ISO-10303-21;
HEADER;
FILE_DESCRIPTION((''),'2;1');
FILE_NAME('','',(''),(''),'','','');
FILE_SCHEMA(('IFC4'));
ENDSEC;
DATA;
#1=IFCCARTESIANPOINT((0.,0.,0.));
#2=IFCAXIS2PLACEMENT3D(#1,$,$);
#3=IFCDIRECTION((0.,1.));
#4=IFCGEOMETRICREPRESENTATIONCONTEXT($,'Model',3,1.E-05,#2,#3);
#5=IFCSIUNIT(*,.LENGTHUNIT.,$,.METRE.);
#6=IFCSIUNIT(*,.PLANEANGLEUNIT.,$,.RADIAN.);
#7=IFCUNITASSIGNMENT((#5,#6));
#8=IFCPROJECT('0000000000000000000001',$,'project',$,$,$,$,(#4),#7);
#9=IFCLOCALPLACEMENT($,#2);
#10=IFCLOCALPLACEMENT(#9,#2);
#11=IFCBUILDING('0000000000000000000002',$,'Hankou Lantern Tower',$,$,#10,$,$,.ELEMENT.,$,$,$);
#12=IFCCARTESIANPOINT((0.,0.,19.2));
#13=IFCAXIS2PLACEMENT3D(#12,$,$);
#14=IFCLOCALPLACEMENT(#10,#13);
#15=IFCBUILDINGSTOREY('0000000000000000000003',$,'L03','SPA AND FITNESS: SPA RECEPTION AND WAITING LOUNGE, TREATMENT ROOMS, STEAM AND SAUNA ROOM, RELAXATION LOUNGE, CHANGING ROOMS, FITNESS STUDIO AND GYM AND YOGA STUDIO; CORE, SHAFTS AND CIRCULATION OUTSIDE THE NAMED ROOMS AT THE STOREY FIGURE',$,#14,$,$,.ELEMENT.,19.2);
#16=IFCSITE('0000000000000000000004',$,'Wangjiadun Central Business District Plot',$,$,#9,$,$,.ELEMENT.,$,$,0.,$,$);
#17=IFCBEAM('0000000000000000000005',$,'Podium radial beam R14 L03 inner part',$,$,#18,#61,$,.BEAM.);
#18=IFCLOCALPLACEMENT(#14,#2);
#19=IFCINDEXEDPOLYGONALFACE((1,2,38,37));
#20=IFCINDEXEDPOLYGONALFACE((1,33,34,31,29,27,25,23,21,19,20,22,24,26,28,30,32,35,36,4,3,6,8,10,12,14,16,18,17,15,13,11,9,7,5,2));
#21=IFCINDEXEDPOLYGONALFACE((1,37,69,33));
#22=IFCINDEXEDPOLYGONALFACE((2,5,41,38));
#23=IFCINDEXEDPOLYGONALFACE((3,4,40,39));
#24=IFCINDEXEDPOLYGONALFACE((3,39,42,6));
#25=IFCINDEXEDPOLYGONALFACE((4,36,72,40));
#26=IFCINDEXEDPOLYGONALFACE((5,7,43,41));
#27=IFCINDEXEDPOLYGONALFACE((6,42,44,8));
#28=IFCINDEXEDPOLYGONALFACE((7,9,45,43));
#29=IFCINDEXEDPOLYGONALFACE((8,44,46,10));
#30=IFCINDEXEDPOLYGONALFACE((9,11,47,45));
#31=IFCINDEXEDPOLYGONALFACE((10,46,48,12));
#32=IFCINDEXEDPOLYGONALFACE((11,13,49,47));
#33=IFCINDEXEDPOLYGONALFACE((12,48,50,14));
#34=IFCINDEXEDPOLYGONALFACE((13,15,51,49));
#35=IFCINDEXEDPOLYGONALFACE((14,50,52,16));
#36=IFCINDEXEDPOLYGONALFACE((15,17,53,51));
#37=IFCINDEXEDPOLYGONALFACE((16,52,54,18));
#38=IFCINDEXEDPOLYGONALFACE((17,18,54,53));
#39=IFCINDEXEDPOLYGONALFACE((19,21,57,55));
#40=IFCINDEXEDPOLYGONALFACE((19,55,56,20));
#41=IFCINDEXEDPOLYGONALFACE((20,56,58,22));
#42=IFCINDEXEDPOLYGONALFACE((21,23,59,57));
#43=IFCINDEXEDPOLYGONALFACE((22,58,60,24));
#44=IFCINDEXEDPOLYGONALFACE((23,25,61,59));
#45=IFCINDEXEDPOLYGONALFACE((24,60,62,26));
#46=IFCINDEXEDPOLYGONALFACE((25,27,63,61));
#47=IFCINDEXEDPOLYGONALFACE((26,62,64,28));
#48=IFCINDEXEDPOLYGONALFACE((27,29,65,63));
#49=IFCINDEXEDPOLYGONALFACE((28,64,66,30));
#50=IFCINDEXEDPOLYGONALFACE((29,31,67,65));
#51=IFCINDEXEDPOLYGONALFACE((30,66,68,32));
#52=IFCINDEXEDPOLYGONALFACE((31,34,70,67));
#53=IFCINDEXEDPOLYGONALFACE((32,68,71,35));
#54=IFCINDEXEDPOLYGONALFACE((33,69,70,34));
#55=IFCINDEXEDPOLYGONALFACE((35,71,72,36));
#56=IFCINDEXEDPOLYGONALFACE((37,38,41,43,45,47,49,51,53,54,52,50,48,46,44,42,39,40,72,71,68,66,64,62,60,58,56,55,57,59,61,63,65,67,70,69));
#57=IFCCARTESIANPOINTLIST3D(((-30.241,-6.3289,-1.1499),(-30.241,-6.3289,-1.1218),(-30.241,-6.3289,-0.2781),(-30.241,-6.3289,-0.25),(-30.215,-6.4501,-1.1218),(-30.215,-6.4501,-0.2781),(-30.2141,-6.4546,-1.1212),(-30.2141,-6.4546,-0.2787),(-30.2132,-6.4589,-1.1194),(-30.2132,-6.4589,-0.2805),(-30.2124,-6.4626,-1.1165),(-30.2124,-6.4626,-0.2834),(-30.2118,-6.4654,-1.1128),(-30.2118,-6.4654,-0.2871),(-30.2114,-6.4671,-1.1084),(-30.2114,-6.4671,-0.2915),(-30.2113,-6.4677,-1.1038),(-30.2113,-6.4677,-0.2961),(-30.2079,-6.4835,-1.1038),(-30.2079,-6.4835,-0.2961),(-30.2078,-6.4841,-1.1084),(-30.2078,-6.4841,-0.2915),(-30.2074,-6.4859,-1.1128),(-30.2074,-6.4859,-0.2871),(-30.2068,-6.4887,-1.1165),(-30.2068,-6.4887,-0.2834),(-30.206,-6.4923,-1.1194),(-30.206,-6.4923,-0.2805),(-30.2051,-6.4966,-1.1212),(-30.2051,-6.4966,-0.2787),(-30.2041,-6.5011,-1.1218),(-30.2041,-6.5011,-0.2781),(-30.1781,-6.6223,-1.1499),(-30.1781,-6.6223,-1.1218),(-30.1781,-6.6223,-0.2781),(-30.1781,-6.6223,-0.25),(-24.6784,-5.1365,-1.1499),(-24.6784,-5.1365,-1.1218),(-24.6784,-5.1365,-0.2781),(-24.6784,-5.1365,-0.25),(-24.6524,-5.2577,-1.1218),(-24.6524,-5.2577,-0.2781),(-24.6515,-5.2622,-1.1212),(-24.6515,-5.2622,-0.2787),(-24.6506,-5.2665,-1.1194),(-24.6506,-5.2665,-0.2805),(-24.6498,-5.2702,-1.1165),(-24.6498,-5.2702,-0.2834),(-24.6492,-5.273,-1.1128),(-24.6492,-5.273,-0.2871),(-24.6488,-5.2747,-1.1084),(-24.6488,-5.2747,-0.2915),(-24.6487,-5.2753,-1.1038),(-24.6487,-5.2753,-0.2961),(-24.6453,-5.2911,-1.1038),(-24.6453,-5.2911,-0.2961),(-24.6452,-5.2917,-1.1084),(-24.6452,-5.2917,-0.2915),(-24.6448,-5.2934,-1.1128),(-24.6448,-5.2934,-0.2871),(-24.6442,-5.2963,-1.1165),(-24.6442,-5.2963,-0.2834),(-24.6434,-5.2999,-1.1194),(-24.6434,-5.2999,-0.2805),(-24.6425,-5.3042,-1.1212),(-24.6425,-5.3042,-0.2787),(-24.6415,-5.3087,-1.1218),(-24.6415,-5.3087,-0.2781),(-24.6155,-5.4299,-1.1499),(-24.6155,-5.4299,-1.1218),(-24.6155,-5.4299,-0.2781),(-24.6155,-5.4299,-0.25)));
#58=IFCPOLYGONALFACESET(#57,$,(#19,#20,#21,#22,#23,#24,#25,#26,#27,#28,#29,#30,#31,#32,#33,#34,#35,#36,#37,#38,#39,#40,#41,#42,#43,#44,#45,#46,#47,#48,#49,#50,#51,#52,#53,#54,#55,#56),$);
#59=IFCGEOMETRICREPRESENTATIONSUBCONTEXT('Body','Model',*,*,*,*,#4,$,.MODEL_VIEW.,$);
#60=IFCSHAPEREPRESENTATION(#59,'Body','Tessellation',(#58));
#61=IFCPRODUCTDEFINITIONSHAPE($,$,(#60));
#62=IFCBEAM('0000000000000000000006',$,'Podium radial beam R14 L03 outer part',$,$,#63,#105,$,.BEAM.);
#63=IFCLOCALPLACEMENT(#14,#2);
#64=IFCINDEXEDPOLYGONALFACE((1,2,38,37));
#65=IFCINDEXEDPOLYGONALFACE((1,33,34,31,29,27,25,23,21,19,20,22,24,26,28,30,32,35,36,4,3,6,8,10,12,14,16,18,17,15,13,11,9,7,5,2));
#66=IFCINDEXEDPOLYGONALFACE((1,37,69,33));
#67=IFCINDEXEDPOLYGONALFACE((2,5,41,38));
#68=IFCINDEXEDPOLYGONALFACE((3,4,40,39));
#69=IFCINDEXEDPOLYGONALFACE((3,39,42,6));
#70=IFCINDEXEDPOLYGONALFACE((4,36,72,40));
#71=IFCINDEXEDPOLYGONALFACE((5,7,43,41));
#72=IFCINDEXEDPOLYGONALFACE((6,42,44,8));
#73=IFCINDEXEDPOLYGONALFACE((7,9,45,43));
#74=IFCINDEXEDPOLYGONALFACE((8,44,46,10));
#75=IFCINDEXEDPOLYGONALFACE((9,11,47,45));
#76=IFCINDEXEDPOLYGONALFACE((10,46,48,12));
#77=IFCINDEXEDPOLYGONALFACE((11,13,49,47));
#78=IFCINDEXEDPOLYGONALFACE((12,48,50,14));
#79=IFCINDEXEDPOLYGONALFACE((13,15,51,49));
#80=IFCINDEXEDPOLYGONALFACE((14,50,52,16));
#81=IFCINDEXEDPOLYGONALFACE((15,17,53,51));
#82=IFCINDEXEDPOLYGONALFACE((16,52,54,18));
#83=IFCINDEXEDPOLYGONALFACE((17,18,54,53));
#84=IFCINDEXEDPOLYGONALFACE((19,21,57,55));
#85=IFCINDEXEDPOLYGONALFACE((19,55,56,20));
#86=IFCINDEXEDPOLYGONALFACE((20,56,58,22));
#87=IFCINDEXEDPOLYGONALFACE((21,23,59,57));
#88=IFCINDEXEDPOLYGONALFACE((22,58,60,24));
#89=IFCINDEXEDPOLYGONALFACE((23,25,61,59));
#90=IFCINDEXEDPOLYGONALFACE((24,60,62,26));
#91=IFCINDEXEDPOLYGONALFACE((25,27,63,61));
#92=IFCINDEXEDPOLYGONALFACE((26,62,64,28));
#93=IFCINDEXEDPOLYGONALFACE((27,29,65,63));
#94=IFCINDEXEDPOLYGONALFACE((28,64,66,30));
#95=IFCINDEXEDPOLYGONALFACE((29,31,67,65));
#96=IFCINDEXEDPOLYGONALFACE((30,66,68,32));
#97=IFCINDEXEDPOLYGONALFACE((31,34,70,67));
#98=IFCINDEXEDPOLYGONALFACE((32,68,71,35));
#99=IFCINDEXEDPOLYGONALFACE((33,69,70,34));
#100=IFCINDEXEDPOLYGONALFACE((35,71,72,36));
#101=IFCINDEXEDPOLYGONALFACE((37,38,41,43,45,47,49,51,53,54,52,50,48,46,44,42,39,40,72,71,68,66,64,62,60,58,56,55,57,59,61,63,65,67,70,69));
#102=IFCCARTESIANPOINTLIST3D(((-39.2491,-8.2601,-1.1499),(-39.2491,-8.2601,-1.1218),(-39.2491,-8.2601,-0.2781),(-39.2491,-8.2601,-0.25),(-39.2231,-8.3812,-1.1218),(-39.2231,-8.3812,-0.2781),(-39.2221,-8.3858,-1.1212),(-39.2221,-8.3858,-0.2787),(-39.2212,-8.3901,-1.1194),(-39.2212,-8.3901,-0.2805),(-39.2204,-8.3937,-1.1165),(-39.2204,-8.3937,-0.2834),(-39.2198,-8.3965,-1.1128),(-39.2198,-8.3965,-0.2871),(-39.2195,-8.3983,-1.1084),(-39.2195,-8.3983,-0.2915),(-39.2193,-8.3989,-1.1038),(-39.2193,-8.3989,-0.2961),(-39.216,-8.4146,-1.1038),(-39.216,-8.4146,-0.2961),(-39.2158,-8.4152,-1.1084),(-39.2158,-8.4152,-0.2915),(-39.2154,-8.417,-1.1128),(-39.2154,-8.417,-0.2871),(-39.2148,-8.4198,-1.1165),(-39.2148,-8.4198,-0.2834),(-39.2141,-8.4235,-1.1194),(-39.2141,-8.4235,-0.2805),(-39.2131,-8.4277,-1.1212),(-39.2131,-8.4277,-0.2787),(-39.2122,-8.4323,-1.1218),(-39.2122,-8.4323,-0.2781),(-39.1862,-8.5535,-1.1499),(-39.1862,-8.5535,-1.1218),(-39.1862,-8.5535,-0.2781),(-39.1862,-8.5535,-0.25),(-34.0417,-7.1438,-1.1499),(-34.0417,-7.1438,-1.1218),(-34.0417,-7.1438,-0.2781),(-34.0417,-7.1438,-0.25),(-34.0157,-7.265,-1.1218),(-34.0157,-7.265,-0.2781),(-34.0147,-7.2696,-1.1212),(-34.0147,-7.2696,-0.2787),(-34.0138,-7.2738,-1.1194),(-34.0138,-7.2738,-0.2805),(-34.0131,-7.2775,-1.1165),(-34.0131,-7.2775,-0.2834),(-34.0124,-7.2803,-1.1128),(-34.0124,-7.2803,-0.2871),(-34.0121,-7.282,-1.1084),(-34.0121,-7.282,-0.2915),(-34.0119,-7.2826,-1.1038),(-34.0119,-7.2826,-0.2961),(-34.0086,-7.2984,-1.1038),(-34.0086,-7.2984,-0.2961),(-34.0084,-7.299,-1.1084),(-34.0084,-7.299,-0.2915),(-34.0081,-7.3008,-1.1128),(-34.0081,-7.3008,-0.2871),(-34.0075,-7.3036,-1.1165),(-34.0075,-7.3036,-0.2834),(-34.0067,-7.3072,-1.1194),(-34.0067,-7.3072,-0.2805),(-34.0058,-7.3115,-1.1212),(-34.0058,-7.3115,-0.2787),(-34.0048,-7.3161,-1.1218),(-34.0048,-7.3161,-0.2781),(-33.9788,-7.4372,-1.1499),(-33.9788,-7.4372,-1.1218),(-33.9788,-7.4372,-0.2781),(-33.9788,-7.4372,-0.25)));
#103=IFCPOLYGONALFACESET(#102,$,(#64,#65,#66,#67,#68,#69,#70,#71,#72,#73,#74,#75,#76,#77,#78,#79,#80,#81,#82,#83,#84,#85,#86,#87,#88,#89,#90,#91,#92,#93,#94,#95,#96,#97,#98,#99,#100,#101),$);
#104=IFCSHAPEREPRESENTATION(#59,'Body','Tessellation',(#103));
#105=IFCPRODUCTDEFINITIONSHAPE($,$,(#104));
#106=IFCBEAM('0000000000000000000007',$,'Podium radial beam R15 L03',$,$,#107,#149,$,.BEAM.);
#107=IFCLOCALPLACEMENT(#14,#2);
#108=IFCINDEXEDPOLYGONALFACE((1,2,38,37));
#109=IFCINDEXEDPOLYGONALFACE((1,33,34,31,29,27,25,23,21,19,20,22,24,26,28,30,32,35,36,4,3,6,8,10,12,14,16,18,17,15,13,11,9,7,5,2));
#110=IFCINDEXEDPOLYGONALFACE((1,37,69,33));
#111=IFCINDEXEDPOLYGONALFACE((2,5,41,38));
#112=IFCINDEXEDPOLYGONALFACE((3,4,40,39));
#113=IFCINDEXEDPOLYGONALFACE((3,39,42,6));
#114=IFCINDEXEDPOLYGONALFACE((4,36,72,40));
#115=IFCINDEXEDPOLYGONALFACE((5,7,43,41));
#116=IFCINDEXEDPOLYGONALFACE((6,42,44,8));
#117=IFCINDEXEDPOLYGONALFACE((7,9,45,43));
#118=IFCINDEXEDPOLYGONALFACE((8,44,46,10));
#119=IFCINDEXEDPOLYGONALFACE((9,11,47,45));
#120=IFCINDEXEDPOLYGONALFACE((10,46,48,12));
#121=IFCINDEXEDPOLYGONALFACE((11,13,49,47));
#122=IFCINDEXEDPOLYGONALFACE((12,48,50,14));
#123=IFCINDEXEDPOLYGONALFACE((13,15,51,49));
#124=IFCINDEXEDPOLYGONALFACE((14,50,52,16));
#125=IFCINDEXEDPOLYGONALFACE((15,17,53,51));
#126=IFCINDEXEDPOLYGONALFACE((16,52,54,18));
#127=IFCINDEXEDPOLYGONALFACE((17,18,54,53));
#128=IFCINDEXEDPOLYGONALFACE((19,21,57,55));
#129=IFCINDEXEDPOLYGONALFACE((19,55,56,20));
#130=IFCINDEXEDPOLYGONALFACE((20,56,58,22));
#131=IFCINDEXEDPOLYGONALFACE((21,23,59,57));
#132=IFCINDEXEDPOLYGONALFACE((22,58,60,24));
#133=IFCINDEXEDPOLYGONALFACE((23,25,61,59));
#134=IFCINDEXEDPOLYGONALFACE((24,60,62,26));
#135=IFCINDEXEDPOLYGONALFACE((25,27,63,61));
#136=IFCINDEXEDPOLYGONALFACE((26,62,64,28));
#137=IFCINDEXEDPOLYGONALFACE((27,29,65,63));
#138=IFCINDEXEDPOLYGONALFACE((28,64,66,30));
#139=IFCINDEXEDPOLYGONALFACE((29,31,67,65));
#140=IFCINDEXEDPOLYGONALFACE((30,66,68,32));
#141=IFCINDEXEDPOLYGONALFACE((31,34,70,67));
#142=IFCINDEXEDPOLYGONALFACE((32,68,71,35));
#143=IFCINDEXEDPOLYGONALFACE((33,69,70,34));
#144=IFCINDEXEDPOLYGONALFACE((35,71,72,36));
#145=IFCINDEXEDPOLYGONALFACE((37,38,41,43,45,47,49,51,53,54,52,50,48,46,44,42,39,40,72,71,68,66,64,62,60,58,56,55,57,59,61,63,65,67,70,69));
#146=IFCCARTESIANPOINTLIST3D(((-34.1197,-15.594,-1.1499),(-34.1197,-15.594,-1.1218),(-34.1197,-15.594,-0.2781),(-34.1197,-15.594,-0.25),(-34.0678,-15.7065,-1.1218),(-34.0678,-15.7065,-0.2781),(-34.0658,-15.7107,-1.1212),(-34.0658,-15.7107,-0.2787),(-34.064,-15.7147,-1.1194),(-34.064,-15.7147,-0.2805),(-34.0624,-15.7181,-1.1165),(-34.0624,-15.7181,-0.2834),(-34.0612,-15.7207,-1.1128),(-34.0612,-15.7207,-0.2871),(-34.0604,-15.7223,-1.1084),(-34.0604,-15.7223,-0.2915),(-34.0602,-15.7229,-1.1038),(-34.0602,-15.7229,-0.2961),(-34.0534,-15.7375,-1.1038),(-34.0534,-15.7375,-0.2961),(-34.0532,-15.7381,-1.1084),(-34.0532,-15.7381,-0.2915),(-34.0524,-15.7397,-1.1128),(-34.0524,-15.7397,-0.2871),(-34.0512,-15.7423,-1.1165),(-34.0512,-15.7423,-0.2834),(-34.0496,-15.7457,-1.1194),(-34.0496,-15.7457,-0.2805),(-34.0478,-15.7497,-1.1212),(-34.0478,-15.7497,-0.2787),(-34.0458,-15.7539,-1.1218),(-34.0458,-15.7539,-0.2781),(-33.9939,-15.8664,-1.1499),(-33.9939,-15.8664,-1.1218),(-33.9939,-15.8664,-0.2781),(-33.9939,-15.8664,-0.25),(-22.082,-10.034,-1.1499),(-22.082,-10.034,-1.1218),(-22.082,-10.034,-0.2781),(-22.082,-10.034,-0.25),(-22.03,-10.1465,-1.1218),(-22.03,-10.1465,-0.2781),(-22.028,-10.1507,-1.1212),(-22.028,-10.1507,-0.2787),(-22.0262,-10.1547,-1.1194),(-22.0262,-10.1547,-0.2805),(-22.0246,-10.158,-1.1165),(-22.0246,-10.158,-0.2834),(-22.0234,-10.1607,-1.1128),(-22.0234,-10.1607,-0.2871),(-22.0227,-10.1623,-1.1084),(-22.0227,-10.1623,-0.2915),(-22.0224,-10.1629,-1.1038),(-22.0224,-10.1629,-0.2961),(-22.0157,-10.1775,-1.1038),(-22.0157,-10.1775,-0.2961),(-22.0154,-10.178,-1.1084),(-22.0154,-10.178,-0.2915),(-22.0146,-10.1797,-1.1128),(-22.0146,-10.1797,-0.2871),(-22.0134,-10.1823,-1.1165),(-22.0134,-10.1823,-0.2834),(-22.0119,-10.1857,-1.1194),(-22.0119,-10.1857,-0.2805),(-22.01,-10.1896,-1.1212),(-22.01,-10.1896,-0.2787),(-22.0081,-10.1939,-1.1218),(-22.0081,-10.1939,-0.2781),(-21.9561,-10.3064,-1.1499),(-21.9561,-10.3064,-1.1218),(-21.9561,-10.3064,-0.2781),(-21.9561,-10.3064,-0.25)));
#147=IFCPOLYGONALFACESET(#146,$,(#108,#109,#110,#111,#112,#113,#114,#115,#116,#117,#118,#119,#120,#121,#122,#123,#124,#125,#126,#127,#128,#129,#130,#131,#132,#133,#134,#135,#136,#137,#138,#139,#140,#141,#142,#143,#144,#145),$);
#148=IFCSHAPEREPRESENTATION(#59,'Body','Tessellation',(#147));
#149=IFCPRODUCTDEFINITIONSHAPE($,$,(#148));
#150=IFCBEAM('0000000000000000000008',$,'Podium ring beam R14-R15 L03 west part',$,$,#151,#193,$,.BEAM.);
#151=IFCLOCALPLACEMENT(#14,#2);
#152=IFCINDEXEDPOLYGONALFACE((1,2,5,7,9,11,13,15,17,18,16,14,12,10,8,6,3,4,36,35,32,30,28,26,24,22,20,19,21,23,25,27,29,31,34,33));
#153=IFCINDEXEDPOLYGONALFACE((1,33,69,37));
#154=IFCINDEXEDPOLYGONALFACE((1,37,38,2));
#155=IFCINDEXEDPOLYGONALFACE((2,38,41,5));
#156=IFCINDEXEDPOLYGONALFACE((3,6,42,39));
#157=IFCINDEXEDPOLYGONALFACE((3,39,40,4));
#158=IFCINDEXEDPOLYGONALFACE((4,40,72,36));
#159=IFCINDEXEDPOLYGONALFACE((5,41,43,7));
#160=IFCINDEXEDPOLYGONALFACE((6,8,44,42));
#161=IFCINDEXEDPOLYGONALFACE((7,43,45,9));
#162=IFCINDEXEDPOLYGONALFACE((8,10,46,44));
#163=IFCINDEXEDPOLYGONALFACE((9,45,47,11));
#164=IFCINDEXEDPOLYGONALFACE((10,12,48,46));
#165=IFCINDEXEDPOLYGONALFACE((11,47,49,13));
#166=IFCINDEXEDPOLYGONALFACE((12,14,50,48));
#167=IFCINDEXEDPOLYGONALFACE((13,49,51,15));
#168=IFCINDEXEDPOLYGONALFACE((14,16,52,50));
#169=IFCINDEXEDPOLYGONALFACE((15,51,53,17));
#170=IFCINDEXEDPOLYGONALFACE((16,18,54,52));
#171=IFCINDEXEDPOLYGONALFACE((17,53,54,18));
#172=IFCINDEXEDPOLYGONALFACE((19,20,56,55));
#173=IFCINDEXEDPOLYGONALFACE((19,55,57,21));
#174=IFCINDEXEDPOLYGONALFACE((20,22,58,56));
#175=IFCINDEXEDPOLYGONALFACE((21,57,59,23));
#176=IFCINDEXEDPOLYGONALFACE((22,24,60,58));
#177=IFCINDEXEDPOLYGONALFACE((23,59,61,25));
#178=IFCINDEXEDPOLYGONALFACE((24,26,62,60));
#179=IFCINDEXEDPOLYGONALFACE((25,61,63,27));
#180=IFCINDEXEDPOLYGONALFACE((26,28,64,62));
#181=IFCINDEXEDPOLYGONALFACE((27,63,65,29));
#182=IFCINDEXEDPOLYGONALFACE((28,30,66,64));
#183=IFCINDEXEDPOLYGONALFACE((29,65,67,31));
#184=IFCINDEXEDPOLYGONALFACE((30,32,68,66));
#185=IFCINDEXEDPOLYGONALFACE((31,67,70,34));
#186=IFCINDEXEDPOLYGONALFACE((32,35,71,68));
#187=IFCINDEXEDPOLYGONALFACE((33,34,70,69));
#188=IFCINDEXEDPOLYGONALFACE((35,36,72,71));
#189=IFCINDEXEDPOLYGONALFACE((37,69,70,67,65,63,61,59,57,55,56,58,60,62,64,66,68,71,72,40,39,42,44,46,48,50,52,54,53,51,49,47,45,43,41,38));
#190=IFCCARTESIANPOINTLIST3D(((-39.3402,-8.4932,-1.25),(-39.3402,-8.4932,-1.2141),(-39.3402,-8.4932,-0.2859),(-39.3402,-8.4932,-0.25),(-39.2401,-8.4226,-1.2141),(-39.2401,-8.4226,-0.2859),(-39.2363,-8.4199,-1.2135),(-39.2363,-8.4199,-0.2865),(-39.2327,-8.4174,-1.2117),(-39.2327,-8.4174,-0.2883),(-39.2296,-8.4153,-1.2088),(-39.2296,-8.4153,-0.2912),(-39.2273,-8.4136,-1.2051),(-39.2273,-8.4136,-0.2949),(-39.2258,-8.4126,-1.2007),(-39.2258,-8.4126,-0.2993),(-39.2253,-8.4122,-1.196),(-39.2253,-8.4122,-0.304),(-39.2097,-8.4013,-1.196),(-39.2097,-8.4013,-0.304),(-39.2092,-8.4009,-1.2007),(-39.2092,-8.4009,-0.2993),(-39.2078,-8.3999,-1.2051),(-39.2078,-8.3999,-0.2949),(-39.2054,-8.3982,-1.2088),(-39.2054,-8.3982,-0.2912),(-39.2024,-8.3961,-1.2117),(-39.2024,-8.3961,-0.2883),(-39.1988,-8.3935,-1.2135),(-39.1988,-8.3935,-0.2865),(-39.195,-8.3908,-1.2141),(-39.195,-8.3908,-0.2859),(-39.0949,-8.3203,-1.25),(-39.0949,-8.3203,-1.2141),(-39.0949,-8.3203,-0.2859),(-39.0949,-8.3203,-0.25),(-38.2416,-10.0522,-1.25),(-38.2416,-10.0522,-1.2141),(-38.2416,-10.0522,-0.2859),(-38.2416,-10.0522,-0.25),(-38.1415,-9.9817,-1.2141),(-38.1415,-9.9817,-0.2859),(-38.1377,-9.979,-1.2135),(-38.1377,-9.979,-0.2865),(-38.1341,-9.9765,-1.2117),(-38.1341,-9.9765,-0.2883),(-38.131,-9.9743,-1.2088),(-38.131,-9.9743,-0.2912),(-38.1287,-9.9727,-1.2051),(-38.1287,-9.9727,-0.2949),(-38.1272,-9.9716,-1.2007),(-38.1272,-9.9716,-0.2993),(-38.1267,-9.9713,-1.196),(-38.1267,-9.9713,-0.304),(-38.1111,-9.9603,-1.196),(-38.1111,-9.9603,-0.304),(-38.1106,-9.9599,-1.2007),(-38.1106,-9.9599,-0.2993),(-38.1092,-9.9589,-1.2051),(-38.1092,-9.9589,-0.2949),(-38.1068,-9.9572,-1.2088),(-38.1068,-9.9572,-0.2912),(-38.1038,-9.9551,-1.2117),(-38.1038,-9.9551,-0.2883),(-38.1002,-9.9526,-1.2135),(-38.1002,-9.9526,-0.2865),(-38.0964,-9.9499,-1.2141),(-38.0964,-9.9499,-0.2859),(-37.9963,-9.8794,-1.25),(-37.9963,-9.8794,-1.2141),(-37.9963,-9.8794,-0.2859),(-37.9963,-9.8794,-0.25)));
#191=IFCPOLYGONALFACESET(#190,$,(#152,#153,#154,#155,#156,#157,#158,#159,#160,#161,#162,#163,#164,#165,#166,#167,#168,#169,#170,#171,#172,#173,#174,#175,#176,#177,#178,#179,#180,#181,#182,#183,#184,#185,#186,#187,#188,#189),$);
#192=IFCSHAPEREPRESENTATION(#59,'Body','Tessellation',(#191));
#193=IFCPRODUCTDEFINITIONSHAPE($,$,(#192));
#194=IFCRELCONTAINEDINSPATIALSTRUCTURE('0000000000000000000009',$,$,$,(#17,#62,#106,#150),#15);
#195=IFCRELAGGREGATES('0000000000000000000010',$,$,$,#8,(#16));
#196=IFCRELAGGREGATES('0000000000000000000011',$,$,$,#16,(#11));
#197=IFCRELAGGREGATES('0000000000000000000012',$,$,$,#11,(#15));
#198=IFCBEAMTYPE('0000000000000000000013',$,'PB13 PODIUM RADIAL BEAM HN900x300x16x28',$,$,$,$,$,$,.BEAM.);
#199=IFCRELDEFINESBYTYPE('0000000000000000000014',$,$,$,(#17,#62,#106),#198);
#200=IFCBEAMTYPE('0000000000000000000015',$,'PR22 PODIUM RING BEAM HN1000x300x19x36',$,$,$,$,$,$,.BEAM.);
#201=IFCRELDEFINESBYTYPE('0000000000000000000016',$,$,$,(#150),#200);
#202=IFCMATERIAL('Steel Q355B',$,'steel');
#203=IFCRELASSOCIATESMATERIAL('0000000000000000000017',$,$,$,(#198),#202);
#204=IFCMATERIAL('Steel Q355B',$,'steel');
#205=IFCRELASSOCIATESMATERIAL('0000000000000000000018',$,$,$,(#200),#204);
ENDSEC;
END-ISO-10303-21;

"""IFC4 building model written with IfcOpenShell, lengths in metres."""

from ifc_helpers import new_model, si_unit, direction, frame, origin, origin_2d, place, context, subcontext, project, spatial, i_section, extrude, material, material_profile, profile_set, type_object, element, save


model = new_model("IFC4")

# Units and contexts
model_context = context("Model", 3, precision=1e-05, world=origin(), true_north=direction((0.0, 1.0)))
body_context = subcontext(model_context, "Body", "Model", "MODEL_VIEW")
ifc_project = project(units=[si_unit("LENGTHUNIT", "METRE"), si_unit("PLANEANGLEUNIT", "RADIAN")], contexts=[model_context])

# Site, building, storey
site_placement = place(None, origin())
site = spatial("IfcSite", under=ifc_project, at=site_placement, Name="Wangjiadun Central Business District Plot", CompositionType="ELEMENT", RefElevation=0.0)
building_placement = place(site_placement, origin())
building = spatial("IfcBuilding", under=site, at=building_placement, Name="Hankou Lantern Tower", CompositionType="ELEMENT")
storey_placement = place(building_placement, frame((0.0, 0.0, 19.2)))
storey = spatial("IfcBuildingStorey", under=building, at=storey_placement, Name="L03", Description="SPA AND FITNESS: SPA RECEPTION AND WAITING LOUNGE, TREATMENT ROOMS, STEAM AND SAUNA ROOM, RELAXATION LOUNGE, CHANGING ROOMS, FITNESS STUDIO AND GYM AND YOGA STUDIO; CORE, SHAFTS AND CIRCULATION OUTSIDE THE NAMED ROOMS AT THE STOREY FIGURE", CompositionType="ELEMENT", Elevation=19.2)

# Beams
ifc_material_1 = material(Name="Steel Q355B", Category="steel")
ifc_material_profile_1 = material_profile(ifc_material_1, i_section(OverallWidth=0.3, OverallDepth=0.8999, WebThickness=0.0161, FlangeThickness=0.0281, FilletRadius=0.0181, at=origin_2d()), Name="HN900x300x16x28")
ifc_profile_set_1 = profile_set([ifc_material_profile_1], Name="Steel Q355B")
beam_type_1 = type_object("IfcBeamType", Name="PB13 PODIUM RADIAL BEAM HN900x300x16x28", PredefinedType="BEAM", material=ifc_profile_set_1)
beam_1_placement = place(storey_placement, frame((-24.647, -5.2832, -0.7), z_axis=(-0.977787, -0.209599, 0.0), x_axis=(0.209599, -0.977787, 0.0)))
element("IfcBeam", 1, at=beam_1_placement, inside=storey, type_object=beam_type_1, Name="Podium radial beam R14 L03 inner part", PredefinedType="BEAM", context=body_context, shape_type="SweptSolid", body=[
    extrude(i_section(OverallWidth=0.3, OverallDepth=0.8999, WebThickness=0.0161, FlangeThickness=0.0281, FilletRadius=0.0181, at=origin_2d()), origin(), (0.0, 0.0, 1.0), 5.689),
])
beam_2_placement = place(storey_placement, frame((-34.0103, -7.2905, -0.7), z_axis=(-0.977788, -0.209595, 0.0), x_axis=(0.209595, -0.977788, 0.0)))
element("IfcBeam", 2, at=beam_2_placement, inside=storey, type_object=beam_type_1, Name="Podium radial beam R14 L03 outer part", PredefinedType="BEAM", context=body_context, shape_type="SweptSolid", body=[
    extrude(i_section(OverallWidth=0.3, OverallDepth=0.8999, WebThickness=0.0161, FlangeThickness=0.0281, FilletRadius=0.0181, at=origin_2d()), origin(), (0.0, 0.0, 1.0), 5.3257),
])
beam_3_placement = place(storey_placement, frame((-22.019, -10.1702, -0.7), z_axis=(-0.907841, -0.419315, 0.0), x_axis=(0.419315, -0.907841, 0.0)))
element("IfcBeam", 3, at=beam_3_placement, inside=storey, type_object=beam_type_1, Name="Podium radial beam R15 L03", PredefinedType="BEAM", context=body_context, shape_type="SweptSolid", body=[
    extrude(i_section(OverallWidth=0.3, OverallDepth=0.8999, WebThickness=0.0161, FlangeThickness=0.0281, FilletRadius=0.0181, at=origin_2d()), origin(), (0.0, 0.0, 1.0), 13.2598),
])
ifc_material_2 = material(Name="Steel Q355B", Category="steel")
ifc_material_profile_2 = material_profile(ifc_material_2, i_section(OverallWidth=0.3, OverallDepth=1.0, WebThickness=0.019, FlangeThickness=0.0359, FilletRadius=0.0181, at=origin_2d()), Name="HN1000x300x19x36")
ifc_profile_set_2 = profile_set([ifc_material_profile_2], Name="Steel Q355B")
beam_type_2 = type_object("IfcBeamType", Name="PR22 PODIUM RING BEAM HN1000x300x19x36", PredefinedType="BEAM", material=ifc_profile_set_2)
beam_4_placement = place(storey_placement, frame((-39.2175, -8.4067, -0.75), z_axis=(0.57602, -0.817436, 0.0), x_axis=(0.817436, 0.57602, 0.0)))
element("IfcBeam", 4, at=beam_4_placement, inside=storey, type_object=beam_type_2, Name="Podium ring beam R14-R15 L03 west part", PredefinedType="BEAM", context=body_context, shape_type="SweptSolid", body=[
    extrude(i_section(OverallWidth=0.3, OverallDepth=1.0, WebThickness=0.019, FlangeThickness=0.0359, FilletRadius=0.0181, at=origin_2d()), origin(), (0.0, 0.0, 1.0), 1.9072),
])

save(model, "model.ifc")
